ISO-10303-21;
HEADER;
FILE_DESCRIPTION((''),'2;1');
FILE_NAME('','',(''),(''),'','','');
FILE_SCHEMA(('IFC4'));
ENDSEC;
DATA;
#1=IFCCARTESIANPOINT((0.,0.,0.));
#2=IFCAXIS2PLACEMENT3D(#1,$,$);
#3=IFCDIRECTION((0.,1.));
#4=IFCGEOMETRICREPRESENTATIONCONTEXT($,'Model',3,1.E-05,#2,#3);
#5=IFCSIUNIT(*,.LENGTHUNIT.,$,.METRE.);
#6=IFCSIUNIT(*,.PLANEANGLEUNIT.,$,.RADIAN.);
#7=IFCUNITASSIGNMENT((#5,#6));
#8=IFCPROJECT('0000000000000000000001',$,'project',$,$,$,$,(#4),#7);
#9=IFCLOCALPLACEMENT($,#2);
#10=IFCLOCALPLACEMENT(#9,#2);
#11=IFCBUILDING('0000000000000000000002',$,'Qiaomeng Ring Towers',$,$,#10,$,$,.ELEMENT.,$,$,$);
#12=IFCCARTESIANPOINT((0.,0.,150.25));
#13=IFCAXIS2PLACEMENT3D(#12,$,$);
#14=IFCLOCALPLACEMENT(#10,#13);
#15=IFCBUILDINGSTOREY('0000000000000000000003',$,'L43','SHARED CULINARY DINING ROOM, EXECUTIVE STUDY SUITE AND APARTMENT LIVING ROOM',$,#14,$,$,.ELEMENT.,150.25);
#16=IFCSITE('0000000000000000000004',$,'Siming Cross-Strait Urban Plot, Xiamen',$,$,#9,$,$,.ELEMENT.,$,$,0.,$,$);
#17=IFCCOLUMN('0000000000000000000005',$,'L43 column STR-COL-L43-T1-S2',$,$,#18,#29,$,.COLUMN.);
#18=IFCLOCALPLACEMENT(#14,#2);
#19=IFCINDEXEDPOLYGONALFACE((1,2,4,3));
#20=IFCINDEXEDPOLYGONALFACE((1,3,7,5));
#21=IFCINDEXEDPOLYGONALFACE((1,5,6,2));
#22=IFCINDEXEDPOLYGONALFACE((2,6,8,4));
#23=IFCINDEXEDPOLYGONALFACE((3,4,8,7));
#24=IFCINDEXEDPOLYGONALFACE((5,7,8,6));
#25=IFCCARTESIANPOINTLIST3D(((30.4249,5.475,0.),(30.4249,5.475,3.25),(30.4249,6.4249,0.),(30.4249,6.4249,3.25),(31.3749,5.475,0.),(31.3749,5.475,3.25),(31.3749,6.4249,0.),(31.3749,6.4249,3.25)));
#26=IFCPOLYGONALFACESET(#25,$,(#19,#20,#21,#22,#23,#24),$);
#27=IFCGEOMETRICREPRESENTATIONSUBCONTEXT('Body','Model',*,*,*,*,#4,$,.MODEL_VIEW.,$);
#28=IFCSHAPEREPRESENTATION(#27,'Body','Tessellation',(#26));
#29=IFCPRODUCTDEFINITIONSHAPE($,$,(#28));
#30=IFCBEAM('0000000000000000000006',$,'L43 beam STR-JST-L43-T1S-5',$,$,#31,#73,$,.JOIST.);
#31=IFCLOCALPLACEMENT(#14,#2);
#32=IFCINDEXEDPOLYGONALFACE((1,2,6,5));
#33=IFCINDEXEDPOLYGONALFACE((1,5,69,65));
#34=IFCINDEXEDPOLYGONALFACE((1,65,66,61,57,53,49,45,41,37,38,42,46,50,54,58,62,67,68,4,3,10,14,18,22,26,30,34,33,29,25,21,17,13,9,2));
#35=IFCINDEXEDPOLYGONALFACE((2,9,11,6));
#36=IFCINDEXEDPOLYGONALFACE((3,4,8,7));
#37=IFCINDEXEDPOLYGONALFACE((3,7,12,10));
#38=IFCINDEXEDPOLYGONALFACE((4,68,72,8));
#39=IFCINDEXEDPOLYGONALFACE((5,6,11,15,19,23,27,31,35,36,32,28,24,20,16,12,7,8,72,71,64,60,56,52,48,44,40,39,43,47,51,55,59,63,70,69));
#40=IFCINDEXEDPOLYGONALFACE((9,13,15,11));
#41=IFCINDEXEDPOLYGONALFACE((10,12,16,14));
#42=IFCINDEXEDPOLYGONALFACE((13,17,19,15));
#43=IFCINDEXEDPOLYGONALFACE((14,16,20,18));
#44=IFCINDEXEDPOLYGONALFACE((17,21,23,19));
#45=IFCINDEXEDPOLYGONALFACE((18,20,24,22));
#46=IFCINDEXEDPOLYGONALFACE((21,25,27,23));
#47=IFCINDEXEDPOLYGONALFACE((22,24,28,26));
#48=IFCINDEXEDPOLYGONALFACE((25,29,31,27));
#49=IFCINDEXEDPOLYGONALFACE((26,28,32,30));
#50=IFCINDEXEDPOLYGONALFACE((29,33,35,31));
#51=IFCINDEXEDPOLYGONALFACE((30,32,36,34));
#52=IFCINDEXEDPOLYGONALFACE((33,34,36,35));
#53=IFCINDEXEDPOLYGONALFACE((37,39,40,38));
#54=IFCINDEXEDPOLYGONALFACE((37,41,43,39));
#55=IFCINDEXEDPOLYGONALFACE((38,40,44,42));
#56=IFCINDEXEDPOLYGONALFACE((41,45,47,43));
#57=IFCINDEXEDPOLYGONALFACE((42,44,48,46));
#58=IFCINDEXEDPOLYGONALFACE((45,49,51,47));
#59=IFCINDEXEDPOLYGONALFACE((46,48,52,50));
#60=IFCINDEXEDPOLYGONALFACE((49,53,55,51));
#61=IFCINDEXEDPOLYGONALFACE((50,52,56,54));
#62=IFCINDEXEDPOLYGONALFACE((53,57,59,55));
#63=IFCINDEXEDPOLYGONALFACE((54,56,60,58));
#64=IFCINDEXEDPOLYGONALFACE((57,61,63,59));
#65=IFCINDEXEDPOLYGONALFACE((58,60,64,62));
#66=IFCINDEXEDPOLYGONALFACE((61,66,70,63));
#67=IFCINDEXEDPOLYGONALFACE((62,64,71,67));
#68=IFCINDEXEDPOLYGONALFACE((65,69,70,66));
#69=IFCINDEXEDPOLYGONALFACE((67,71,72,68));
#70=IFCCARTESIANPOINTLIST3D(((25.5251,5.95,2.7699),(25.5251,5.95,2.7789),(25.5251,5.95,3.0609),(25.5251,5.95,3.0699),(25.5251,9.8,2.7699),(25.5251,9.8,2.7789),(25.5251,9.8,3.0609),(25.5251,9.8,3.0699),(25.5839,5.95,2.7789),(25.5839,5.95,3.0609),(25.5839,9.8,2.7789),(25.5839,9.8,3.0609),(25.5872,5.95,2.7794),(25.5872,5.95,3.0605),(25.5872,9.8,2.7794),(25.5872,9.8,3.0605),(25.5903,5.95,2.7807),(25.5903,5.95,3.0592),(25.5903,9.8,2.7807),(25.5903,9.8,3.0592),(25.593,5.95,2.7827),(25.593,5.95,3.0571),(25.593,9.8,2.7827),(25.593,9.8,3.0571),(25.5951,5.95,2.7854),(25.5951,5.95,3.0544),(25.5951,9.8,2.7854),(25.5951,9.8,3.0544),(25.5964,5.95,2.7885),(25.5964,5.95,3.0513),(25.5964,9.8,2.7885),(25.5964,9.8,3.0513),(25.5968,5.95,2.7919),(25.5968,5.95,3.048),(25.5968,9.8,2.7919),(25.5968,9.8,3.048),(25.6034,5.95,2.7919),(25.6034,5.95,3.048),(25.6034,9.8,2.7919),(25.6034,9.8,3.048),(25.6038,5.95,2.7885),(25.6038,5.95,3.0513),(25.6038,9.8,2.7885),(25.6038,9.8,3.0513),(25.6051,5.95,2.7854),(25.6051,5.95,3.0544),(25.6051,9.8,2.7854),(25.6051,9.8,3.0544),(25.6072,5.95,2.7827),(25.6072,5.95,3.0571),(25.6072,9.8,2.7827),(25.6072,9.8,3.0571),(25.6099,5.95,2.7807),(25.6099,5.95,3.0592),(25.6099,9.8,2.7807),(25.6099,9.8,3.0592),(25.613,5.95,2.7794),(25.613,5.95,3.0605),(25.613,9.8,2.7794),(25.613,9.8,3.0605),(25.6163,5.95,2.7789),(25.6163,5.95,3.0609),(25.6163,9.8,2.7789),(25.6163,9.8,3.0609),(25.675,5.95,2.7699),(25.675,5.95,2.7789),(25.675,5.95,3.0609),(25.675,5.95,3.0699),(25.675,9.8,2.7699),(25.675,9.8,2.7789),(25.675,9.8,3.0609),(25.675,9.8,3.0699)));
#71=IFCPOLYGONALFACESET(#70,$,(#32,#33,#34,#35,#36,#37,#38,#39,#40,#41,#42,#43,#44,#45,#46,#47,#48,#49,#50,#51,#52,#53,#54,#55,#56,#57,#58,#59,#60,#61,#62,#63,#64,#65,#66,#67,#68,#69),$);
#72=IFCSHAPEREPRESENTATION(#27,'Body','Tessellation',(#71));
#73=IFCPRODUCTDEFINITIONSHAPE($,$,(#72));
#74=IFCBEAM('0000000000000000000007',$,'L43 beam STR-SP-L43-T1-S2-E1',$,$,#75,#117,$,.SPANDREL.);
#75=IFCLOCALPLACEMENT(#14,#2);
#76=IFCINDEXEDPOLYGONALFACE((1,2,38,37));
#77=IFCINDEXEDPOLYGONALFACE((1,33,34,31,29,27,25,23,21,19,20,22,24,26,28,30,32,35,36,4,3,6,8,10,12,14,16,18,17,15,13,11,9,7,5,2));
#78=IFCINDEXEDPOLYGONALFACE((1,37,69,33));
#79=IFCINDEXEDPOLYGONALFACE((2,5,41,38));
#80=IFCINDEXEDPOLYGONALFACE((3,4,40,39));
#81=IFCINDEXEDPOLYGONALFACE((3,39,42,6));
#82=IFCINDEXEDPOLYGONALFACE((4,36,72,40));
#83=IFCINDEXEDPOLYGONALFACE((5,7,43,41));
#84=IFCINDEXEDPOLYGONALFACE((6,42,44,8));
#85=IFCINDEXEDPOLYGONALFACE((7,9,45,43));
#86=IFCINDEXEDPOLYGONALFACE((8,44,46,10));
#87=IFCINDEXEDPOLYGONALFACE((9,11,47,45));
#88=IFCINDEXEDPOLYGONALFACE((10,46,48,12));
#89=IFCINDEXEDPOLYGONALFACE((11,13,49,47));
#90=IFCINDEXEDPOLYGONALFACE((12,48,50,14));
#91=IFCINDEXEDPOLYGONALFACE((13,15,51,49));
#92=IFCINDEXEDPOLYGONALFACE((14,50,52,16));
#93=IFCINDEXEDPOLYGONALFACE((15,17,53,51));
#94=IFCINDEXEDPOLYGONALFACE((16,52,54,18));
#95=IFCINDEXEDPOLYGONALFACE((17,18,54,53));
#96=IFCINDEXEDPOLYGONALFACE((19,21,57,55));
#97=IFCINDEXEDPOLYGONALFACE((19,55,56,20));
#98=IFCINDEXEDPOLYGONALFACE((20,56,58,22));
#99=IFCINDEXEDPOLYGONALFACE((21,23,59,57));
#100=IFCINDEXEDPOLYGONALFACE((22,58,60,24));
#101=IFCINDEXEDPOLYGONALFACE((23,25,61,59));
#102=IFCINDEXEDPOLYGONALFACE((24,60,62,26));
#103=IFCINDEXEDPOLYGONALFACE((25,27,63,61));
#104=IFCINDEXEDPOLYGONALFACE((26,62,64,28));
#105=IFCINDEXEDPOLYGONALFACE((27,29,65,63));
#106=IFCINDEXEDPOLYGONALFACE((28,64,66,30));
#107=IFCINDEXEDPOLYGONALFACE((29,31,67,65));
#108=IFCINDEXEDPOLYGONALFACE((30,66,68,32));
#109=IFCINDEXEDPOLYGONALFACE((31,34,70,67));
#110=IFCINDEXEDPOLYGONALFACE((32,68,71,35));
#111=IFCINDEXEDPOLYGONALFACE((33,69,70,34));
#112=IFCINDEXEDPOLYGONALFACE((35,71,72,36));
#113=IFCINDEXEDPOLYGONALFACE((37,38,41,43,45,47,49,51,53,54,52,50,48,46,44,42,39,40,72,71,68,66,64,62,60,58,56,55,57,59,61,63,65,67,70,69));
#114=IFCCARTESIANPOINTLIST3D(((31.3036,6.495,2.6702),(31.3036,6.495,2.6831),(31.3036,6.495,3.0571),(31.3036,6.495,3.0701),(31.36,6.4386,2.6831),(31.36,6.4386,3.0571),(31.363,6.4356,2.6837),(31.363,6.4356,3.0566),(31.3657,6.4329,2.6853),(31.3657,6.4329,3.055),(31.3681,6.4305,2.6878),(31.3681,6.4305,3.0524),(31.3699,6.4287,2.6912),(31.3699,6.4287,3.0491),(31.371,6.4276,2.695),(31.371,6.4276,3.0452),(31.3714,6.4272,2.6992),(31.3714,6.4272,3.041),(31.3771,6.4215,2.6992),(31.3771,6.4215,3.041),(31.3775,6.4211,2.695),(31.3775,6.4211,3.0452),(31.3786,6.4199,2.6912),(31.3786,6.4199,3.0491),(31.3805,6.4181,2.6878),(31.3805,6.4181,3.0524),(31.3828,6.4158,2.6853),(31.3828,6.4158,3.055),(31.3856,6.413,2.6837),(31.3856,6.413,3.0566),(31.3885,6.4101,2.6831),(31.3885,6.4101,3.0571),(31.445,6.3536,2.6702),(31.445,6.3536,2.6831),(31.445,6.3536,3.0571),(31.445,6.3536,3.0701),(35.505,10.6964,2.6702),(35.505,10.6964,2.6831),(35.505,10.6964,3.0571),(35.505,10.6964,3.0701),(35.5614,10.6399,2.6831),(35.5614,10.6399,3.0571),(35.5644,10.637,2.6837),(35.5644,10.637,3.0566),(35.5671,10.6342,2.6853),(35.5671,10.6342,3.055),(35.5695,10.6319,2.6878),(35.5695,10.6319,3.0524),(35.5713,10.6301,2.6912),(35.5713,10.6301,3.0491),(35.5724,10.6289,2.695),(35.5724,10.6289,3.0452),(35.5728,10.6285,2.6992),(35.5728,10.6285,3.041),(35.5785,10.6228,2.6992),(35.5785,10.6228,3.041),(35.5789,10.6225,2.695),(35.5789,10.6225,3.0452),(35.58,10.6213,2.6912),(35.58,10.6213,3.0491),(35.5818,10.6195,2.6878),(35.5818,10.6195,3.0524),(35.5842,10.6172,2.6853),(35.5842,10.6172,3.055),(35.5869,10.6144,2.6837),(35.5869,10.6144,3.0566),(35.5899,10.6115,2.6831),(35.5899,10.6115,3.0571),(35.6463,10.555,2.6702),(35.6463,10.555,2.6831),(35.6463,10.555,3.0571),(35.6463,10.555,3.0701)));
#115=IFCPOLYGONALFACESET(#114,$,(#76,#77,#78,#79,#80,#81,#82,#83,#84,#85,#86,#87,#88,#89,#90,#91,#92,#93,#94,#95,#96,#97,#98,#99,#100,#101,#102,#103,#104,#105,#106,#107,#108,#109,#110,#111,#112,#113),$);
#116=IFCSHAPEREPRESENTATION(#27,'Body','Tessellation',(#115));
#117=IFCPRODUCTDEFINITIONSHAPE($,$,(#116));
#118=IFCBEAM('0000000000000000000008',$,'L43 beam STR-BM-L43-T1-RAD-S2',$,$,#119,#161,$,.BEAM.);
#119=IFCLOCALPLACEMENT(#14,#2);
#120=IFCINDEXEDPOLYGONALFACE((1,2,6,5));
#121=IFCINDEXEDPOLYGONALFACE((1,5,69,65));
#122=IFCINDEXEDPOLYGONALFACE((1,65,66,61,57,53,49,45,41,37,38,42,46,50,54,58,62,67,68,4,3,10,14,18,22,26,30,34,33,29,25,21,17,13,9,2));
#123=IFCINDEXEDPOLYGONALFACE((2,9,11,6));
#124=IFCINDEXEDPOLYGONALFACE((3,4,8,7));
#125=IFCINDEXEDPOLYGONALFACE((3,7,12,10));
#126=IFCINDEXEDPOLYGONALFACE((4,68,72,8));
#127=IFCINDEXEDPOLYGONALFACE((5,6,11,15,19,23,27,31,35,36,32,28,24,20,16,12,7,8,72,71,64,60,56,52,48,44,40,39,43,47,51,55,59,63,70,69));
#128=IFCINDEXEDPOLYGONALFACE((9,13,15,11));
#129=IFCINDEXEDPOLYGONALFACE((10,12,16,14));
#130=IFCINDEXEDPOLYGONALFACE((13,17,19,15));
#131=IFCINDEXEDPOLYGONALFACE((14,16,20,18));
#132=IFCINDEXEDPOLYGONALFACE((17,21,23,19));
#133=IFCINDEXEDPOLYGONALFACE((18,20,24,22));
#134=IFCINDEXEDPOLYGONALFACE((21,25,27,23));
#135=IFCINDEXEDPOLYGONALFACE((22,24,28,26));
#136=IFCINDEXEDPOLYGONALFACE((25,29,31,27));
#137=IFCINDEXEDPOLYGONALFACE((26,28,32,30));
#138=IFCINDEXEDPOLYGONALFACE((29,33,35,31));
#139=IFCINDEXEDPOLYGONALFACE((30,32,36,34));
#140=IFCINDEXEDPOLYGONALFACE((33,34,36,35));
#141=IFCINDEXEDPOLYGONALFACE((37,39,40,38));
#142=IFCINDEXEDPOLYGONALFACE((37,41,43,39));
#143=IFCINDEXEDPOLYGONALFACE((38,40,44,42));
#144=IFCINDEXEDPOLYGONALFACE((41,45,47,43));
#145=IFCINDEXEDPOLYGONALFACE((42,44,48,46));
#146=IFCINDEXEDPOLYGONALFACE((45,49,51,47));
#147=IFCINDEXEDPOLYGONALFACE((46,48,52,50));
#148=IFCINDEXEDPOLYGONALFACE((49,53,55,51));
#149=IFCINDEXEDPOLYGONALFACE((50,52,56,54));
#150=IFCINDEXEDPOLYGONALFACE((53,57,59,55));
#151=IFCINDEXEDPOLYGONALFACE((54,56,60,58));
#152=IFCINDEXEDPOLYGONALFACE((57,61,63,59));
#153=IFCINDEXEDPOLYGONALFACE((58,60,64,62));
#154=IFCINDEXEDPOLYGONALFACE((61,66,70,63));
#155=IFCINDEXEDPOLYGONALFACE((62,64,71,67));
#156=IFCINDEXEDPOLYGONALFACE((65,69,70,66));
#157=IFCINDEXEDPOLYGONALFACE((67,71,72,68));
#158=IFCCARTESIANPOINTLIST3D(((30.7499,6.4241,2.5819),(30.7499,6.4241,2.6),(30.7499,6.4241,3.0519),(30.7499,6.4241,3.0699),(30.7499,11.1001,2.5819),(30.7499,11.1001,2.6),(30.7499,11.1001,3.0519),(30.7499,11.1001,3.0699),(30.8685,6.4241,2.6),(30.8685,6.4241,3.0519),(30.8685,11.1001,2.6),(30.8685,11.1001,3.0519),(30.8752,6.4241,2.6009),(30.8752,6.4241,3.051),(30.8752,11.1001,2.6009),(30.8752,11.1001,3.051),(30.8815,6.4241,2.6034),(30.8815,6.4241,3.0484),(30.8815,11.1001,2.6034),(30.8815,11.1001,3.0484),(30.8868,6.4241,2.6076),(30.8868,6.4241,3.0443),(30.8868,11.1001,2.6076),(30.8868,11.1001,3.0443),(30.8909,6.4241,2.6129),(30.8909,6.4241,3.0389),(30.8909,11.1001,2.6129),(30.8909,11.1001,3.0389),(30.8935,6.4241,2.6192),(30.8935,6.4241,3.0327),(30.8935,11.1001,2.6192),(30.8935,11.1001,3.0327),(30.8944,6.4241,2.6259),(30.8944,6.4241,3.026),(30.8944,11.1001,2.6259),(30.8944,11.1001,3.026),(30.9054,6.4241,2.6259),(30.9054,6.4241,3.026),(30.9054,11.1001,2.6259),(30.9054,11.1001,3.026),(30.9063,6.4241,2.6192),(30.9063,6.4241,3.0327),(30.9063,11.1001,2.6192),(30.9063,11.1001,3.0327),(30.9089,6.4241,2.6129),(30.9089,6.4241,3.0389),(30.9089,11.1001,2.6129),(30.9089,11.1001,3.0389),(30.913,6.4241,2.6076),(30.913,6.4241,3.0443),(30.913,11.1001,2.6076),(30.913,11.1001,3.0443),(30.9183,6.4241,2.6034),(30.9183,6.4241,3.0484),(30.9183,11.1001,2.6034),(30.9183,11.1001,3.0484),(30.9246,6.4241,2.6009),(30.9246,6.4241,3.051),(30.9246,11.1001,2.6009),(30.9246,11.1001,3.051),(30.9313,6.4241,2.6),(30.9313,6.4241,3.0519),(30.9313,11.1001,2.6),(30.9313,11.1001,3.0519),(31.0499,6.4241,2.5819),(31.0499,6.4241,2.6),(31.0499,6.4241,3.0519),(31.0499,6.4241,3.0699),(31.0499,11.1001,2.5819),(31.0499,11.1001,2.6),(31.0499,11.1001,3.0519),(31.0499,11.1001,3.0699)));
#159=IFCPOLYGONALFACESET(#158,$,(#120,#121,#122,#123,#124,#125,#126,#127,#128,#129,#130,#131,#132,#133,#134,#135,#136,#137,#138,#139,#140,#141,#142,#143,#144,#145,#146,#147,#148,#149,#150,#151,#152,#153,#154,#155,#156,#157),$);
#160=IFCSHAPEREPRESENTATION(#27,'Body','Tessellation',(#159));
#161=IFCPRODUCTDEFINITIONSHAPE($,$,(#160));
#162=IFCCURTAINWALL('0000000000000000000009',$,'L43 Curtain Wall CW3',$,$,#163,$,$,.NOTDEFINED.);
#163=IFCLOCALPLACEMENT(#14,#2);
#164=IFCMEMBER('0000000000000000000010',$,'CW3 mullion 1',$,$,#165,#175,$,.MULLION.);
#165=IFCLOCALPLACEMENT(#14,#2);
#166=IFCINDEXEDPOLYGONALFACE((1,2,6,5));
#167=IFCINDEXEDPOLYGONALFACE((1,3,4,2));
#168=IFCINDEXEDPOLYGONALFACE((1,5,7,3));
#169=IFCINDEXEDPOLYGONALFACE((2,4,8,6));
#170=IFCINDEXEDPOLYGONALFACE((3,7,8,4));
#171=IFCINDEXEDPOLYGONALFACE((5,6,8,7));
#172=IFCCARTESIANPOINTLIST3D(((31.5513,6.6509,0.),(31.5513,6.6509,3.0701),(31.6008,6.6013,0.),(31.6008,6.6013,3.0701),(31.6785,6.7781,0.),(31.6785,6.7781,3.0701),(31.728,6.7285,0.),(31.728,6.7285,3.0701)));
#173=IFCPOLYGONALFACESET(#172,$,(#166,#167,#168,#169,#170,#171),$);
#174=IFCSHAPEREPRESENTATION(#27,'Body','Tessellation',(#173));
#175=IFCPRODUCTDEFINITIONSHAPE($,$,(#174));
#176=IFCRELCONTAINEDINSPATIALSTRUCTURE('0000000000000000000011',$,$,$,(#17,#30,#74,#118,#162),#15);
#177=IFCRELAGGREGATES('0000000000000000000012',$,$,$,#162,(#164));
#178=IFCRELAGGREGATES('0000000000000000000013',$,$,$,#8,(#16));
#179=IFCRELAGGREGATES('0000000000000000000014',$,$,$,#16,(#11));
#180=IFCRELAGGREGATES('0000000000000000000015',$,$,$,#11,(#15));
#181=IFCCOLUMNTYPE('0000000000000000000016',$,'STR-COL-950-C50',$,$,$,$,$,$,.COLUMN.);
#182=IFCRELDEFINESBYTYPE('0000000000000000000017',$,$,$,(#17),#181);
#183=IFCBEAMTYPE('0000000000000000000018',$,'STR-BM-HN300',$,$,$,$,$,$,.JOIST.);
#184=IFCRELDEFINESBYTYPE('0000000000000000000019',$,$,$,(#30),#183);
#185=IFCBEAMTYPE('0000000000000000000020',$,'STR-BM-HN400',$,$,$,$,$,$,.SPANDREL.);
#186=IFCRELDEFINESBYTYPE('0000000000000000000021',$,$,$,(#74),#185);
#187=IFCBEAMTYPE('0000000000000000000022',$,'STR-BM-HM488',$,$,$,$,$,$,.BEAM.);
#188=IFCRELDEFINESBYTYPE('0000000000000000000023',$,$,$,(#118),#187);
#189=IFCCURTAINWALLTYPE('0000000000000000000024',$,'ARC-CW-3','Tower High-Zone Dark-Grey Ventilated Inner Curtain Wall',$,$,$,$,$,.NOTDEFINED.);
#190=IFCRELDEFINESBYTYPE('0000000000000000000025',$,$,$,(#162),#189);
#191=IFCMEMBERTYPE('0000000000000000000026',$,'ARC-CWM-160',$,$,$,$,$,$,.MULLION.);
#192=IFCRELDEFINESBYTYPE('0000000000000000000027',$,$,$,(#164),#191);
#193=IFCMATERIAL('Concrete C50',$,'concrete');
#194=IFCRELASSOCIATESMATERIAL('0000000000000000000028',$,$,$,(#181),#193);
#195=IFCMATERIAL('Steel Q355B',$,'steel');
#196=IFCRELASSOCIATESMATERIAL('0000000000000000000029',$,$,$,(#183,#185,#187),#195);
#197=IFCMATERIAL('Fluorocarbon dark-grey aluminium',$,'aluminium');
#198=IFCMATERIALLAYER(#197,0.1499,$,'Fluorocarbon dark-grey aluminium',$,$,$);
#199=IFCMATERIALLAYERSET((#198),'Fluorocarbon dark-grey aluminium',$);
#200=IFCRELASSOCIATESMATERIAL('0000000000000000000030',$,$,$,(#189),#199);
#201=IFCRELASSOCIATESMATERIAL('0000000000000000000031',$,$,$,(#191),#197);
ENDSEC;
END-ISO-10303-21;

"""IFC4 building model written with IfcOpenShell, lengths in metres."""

from ifc_helpers import new_model, si_unit, direction, frame, origin, origin_2d, place, context, subcontext, project, spatial, rectangle, i_section, extrude, source, transform, mapped, material, layer, layer_set, material_profile, profile_set, type_object, element, aggregate, save


model = new_model("IFC4")

# Units and contexts
model_context = context("Model", 3, precision=1e-05, world=origin(), true_north=direction((0.0, 1.0)))
body_context = subcontext(model_context, "Body", "Model", "MODEL_VIEW")
ifc_project = project(units=[si_unit("LENGTHUNIT", "METRE"), si_unit("PLANEANGLEUNIT", "RADIAN")], contexts=[model_context])

# Site, building, storey
site_placement = place(None, origin())
site = spatial("IfcSite", under=ifc_project, at=site_placement, Name="Siming Cross-Strait Urban Plot, Xiamen", CompositionType="ELEMENT", RefElevation=0.0)
building_placement = place(site_placement, origin())
building = spatial("IfcBuilding", under=site, at=building_placement, Name="Qiaomeng Ring Towers", CompositionType="ELEMENT")
storey_placement = place(building_placement, frame((0.0, 0.0, 150.25)))
storey = spatial("IfcBuildingStorey", under=building, at=storey_placement, Name="L43", Description="SHARED CULINARY DINING ROOM, EXECUTIVE STUDY SUITE AND APARTMENT LIVING ROOM", CompositionType="ELEMENT", Elevation=150.25)

# Column
ifc_material_1 = material(Name="Concrete C50", Category="concrete")
ifc_material_profile_1 = material_profile(ifc_material_1, rectangle(XDim=0.95, YDim=0.95, at=origin_2d()), Name="RC COL 950x950")
ifc_profile_set_1 = profile_set([ifc_material_profile_1], Name="Concrete C50")
column_type = type_object("IfcColumnType", Name="STR-COL-950-C50", PredefinedType="COLUMN", material=ifc_profile_set_1)
shared_shape_1 = source(origin(), body_context, "Body", "SweptSolid", [
    extrude(rectangle(XDim=0.95, YDim=0.95, at=origin_2d()), origin(), (0.0, 0.0, 1.0), 3.25),
])
column_placement = place(storey_placement, frame((30.8999, 5.95, 0.0), z_axis=(0.0, 0.0, 1.0), x_axis=(1.0, 0.0, 0.0)))
element("IfcColumn", 1, at=column_placement, inside=storey, type_object=column_type, Name="L43 column STR-COL-L43-T1-S2", PredefinedType="COLUMN", context=body_context, shape_type="MappedRepresentation", body=[
    mapped(shared_shape_1, transform((0.0, 0.0, 0.0), x_axis=(1.0, 0.0, 0.0), y_axis=(0.0, 1.0, 0.0), z_axis=(0.0, 0.0, 1.0), scale=1.0)),
])

# Beams
ifc_material_2 = material(Name="Steel Q355B", Category="steel")
ifc_material_profile_2 = material_profile(ifc_material_2, i_section(OverallWidth=0.1499, OverallDepth=0.3, WebThickness=0.0066, FlangeThickness=0.009, FilletRadius=0.0129, at=origin_2d()), Name="HN 300x150x6.5x9")
ifc_profile_set_2 = profile_set([ifc_material_profile_2], Name="Steel Q355B")
beam_type_1 = type_object("IfcBeamType", Name="STR-BM-HN300", PredefinedType="JOIST", material=ifc_profile_set_2)
shared_shape_2 = source(origin(), body_context, "Body", "SweptSolid", [
    extrude(i_section(OverallWidth=0.1499, OverallDepth=0.3, WebThickness=0.0066, FlangeThickness=0.009, FilletRadius=0.0129, at=origin_2d()), origin(), (0.0, 0.0, 1.0), 3.8501),
])
beam_1_placement = place(storey_placement, frame((25.6001, 5.95, 2.9199), z_axis=(0.0, 1.0, 0.0), x_axis=(-1.0, 0.0, 0.0)))
element("IfcBeam", 2, at=beam_1_placement, inside=storey, type_object=beam_type_1, Name="L43 beam STR-JST-L43-T1S-5", PredefinedType="JOIST", context=body_context, shape_type="MappedRepresentation", body=[
    mapped(shared_shape_2, transform((0.0, 0.0, 0.0), x_axis=(1.0, 0.0, 0.0), y_axis=(0.0, 1.0, 0.0), z_axis=(0.0, 0.0, 1.0), scale=1.0)),
])
ifc_material_profile_3 = material_profile(ifc_material_2, i_section(OverallWidth=0.2, OverallDepth=0.3999, WebThickness=0.0081, FlangeThickness=0.0129, FilletRadius=0.0161, at=origin_2d()), Name="HN 400x200x8x13")
ifc_profile_set_3 = profile_set([ifc_material_profile_3], Name="Steel Q355B")
beam_type_2 = type_object("IfcBeamType", Name="STR-BM-HN400", PredefinedType="SPANDREL", material=ifc_profile_set_3)
shared_shape_3 = source(origin(), body_context, "Body", "SweptSolid", [
    extrude(i_section(OverallWidth=0.2, OverallDepth=0.3999, WebThickness=0.0081, FlangeThickness=0.0129, FilletRadius=0.0161, at=origin_2d()), origin(), (0.0, 0.0, 1.0), 5.9417),
])
beam_2_placement = place(storey_placement, frame((31.3743, 6.4243, 2.8701), z_axis=(0.707107, 0.707107, 0.0), x_axis=(-0.707107, 0.707107, 0.0)))
element("IfcBeam", 3, at=beam_2_placement, inside=storey, type_object=beam_type_2, Name="L43 beam STR-SP-L43-T1-S2-E1", PredefinedType="SPANDREL", context=body_context, shape_type="MappedRepresentation", body=[
    mapped(shared_shape_3, transform((0.0, 0.0, 0.0), x_axis=(1.0, 0.0, 0.0), y_axis=(0.0, 1.0, 0.0), z_axis=(0.0, 0.0, 1.0), scale=1.0)),
])
ifc_material_profile_4 = material_profile(ifc_material_2, i_section(OverallWidth=0.3, OverallDepth=0.488, WebThickness=0.011, FlangeThickness=0.0181, FilletRadius=0.0259, at=origin_2d()), Name="HM 488x300x11x18")
ifc_profile_set_4 = profile_set([ifc_material_profile_4], Name="Steel Q355B")
beam_type_3 = type_object("IfcBeamType", Name="STR-BM-HM488", PredefinedType="BEAM", material=ifc_profile_set_4)
shared_shape_4 = source(origin(), body_context, "Body", "SweptSolid", [
    extrude(i_section(OverallWidth=0.3, OverallDepth=0.488, WebThickness=0.011, FlangeThickness=0.0181, FilletRadius=0.0259, at=origin_2d()), origin(), (0.0, 0.0, 1.0), 4.676),
])
beam_3_placement = place(storey_placement, frame((30.8999, 6.4241, 2.8259), z_axis=(0.0, 1.0, 0.0), x_axis=(-1.0, 0.0, 0.0)))
element("IfcBeam", 4, at=beam_3_placement, inside=storey, type_object=beam_type_3, Name="L43 beam STR-BM-L43-T1-RAD-S2", PredefinedType="BEAM", context=body_context, shape_type="MappedRepresentation", body=[
    mapped(shared_shape_4, transform((0.0, 0.0, 0.0), x_axis=(1.0, 0.0, 0.0), y_axis=(0.0, 1.0, 0.0), z_axis=(0.0, 0.0, 1.0), scale=1.0)),
])

# Curtain wall, member
ifc_material_3 = material(Name="Fluorocarbon dark-grey aluminium", Category="aluminium")
ifc_layer_1 = layer(ifc_material_3, 0.1499, Name="Fluorocarbon dark-grey aluminium")
ifc_layer_set_1 = layer_set([ifc_layer_1], Name="Fluorocarbon dark-grey aluminium")
curtain_wall_type = type_object("IfcCurtainWallType", Name="ARC-CW-3", Description="Tower High-Zone Dark-Grey Ventilated Inner Curtain Wall", PredefinedType="NOTDEFINED", material=ifc_layer_set_1)
curtain_wall_placement = place(storey_placement, origin())
curtain_wall = element("IfcCurtainWall", 5, at=curtain_wall_placement, inside=storey, type_object=curtain_wall_type, Name="L43 Curtain Wall CW3", PredefinedType="NOTDEFINED")
ifc_material_profile_5 = material_profile(ifc_material_3, rectangle(XDim=0.0701, YDim=0.1799, at=origin_2d()), Name="ALU MULL 70x180")
ifc_profile_set_5 = profile_set([ifc_material_profile_5], Name="Fluorocarbon dark-grey aluminium")
member_type_1 = type_object("IfcMemberType", Name="ARC-CWM-160", PredefinedType="MULLION", material=ifc_profile_set_5)
shared_shape_5 = source(origin(), body_context, "Body", "SweptSolid", [
    extrude(rectangle(XDim=0.0701, YDim=0.1799, at=origin_2d()), origin(), (0.0, 0.0, 1.0), 3.0701),
])
member_1_placement = place(storey_placement, frame((31.6396, 6.6897, 0.0), z_axis=(0.0, 0.0, 1.0), x_axis=(-0.707107, 0.707107, 0.0)))
member_1 = element("IfcMember", 6, at=member_1_placement, type_object=member_type_1, Name="CW3 mullion 1", PredefinedType="MULLION", context=body_context, shape_type="MappedRepresentation", body=[
    mapped(shared_shape_5, transform((0.0, 0.0, 0.0), x_axis=(1.0, 0.0, 0.0), y_axis=(0.0, 1.0, 0.0), z_axis=(0.0, 0.0, 1.0), scale=1.0)),
])
aggregate(curtain_wall, [member_1])

save(model, "model.ifc")
